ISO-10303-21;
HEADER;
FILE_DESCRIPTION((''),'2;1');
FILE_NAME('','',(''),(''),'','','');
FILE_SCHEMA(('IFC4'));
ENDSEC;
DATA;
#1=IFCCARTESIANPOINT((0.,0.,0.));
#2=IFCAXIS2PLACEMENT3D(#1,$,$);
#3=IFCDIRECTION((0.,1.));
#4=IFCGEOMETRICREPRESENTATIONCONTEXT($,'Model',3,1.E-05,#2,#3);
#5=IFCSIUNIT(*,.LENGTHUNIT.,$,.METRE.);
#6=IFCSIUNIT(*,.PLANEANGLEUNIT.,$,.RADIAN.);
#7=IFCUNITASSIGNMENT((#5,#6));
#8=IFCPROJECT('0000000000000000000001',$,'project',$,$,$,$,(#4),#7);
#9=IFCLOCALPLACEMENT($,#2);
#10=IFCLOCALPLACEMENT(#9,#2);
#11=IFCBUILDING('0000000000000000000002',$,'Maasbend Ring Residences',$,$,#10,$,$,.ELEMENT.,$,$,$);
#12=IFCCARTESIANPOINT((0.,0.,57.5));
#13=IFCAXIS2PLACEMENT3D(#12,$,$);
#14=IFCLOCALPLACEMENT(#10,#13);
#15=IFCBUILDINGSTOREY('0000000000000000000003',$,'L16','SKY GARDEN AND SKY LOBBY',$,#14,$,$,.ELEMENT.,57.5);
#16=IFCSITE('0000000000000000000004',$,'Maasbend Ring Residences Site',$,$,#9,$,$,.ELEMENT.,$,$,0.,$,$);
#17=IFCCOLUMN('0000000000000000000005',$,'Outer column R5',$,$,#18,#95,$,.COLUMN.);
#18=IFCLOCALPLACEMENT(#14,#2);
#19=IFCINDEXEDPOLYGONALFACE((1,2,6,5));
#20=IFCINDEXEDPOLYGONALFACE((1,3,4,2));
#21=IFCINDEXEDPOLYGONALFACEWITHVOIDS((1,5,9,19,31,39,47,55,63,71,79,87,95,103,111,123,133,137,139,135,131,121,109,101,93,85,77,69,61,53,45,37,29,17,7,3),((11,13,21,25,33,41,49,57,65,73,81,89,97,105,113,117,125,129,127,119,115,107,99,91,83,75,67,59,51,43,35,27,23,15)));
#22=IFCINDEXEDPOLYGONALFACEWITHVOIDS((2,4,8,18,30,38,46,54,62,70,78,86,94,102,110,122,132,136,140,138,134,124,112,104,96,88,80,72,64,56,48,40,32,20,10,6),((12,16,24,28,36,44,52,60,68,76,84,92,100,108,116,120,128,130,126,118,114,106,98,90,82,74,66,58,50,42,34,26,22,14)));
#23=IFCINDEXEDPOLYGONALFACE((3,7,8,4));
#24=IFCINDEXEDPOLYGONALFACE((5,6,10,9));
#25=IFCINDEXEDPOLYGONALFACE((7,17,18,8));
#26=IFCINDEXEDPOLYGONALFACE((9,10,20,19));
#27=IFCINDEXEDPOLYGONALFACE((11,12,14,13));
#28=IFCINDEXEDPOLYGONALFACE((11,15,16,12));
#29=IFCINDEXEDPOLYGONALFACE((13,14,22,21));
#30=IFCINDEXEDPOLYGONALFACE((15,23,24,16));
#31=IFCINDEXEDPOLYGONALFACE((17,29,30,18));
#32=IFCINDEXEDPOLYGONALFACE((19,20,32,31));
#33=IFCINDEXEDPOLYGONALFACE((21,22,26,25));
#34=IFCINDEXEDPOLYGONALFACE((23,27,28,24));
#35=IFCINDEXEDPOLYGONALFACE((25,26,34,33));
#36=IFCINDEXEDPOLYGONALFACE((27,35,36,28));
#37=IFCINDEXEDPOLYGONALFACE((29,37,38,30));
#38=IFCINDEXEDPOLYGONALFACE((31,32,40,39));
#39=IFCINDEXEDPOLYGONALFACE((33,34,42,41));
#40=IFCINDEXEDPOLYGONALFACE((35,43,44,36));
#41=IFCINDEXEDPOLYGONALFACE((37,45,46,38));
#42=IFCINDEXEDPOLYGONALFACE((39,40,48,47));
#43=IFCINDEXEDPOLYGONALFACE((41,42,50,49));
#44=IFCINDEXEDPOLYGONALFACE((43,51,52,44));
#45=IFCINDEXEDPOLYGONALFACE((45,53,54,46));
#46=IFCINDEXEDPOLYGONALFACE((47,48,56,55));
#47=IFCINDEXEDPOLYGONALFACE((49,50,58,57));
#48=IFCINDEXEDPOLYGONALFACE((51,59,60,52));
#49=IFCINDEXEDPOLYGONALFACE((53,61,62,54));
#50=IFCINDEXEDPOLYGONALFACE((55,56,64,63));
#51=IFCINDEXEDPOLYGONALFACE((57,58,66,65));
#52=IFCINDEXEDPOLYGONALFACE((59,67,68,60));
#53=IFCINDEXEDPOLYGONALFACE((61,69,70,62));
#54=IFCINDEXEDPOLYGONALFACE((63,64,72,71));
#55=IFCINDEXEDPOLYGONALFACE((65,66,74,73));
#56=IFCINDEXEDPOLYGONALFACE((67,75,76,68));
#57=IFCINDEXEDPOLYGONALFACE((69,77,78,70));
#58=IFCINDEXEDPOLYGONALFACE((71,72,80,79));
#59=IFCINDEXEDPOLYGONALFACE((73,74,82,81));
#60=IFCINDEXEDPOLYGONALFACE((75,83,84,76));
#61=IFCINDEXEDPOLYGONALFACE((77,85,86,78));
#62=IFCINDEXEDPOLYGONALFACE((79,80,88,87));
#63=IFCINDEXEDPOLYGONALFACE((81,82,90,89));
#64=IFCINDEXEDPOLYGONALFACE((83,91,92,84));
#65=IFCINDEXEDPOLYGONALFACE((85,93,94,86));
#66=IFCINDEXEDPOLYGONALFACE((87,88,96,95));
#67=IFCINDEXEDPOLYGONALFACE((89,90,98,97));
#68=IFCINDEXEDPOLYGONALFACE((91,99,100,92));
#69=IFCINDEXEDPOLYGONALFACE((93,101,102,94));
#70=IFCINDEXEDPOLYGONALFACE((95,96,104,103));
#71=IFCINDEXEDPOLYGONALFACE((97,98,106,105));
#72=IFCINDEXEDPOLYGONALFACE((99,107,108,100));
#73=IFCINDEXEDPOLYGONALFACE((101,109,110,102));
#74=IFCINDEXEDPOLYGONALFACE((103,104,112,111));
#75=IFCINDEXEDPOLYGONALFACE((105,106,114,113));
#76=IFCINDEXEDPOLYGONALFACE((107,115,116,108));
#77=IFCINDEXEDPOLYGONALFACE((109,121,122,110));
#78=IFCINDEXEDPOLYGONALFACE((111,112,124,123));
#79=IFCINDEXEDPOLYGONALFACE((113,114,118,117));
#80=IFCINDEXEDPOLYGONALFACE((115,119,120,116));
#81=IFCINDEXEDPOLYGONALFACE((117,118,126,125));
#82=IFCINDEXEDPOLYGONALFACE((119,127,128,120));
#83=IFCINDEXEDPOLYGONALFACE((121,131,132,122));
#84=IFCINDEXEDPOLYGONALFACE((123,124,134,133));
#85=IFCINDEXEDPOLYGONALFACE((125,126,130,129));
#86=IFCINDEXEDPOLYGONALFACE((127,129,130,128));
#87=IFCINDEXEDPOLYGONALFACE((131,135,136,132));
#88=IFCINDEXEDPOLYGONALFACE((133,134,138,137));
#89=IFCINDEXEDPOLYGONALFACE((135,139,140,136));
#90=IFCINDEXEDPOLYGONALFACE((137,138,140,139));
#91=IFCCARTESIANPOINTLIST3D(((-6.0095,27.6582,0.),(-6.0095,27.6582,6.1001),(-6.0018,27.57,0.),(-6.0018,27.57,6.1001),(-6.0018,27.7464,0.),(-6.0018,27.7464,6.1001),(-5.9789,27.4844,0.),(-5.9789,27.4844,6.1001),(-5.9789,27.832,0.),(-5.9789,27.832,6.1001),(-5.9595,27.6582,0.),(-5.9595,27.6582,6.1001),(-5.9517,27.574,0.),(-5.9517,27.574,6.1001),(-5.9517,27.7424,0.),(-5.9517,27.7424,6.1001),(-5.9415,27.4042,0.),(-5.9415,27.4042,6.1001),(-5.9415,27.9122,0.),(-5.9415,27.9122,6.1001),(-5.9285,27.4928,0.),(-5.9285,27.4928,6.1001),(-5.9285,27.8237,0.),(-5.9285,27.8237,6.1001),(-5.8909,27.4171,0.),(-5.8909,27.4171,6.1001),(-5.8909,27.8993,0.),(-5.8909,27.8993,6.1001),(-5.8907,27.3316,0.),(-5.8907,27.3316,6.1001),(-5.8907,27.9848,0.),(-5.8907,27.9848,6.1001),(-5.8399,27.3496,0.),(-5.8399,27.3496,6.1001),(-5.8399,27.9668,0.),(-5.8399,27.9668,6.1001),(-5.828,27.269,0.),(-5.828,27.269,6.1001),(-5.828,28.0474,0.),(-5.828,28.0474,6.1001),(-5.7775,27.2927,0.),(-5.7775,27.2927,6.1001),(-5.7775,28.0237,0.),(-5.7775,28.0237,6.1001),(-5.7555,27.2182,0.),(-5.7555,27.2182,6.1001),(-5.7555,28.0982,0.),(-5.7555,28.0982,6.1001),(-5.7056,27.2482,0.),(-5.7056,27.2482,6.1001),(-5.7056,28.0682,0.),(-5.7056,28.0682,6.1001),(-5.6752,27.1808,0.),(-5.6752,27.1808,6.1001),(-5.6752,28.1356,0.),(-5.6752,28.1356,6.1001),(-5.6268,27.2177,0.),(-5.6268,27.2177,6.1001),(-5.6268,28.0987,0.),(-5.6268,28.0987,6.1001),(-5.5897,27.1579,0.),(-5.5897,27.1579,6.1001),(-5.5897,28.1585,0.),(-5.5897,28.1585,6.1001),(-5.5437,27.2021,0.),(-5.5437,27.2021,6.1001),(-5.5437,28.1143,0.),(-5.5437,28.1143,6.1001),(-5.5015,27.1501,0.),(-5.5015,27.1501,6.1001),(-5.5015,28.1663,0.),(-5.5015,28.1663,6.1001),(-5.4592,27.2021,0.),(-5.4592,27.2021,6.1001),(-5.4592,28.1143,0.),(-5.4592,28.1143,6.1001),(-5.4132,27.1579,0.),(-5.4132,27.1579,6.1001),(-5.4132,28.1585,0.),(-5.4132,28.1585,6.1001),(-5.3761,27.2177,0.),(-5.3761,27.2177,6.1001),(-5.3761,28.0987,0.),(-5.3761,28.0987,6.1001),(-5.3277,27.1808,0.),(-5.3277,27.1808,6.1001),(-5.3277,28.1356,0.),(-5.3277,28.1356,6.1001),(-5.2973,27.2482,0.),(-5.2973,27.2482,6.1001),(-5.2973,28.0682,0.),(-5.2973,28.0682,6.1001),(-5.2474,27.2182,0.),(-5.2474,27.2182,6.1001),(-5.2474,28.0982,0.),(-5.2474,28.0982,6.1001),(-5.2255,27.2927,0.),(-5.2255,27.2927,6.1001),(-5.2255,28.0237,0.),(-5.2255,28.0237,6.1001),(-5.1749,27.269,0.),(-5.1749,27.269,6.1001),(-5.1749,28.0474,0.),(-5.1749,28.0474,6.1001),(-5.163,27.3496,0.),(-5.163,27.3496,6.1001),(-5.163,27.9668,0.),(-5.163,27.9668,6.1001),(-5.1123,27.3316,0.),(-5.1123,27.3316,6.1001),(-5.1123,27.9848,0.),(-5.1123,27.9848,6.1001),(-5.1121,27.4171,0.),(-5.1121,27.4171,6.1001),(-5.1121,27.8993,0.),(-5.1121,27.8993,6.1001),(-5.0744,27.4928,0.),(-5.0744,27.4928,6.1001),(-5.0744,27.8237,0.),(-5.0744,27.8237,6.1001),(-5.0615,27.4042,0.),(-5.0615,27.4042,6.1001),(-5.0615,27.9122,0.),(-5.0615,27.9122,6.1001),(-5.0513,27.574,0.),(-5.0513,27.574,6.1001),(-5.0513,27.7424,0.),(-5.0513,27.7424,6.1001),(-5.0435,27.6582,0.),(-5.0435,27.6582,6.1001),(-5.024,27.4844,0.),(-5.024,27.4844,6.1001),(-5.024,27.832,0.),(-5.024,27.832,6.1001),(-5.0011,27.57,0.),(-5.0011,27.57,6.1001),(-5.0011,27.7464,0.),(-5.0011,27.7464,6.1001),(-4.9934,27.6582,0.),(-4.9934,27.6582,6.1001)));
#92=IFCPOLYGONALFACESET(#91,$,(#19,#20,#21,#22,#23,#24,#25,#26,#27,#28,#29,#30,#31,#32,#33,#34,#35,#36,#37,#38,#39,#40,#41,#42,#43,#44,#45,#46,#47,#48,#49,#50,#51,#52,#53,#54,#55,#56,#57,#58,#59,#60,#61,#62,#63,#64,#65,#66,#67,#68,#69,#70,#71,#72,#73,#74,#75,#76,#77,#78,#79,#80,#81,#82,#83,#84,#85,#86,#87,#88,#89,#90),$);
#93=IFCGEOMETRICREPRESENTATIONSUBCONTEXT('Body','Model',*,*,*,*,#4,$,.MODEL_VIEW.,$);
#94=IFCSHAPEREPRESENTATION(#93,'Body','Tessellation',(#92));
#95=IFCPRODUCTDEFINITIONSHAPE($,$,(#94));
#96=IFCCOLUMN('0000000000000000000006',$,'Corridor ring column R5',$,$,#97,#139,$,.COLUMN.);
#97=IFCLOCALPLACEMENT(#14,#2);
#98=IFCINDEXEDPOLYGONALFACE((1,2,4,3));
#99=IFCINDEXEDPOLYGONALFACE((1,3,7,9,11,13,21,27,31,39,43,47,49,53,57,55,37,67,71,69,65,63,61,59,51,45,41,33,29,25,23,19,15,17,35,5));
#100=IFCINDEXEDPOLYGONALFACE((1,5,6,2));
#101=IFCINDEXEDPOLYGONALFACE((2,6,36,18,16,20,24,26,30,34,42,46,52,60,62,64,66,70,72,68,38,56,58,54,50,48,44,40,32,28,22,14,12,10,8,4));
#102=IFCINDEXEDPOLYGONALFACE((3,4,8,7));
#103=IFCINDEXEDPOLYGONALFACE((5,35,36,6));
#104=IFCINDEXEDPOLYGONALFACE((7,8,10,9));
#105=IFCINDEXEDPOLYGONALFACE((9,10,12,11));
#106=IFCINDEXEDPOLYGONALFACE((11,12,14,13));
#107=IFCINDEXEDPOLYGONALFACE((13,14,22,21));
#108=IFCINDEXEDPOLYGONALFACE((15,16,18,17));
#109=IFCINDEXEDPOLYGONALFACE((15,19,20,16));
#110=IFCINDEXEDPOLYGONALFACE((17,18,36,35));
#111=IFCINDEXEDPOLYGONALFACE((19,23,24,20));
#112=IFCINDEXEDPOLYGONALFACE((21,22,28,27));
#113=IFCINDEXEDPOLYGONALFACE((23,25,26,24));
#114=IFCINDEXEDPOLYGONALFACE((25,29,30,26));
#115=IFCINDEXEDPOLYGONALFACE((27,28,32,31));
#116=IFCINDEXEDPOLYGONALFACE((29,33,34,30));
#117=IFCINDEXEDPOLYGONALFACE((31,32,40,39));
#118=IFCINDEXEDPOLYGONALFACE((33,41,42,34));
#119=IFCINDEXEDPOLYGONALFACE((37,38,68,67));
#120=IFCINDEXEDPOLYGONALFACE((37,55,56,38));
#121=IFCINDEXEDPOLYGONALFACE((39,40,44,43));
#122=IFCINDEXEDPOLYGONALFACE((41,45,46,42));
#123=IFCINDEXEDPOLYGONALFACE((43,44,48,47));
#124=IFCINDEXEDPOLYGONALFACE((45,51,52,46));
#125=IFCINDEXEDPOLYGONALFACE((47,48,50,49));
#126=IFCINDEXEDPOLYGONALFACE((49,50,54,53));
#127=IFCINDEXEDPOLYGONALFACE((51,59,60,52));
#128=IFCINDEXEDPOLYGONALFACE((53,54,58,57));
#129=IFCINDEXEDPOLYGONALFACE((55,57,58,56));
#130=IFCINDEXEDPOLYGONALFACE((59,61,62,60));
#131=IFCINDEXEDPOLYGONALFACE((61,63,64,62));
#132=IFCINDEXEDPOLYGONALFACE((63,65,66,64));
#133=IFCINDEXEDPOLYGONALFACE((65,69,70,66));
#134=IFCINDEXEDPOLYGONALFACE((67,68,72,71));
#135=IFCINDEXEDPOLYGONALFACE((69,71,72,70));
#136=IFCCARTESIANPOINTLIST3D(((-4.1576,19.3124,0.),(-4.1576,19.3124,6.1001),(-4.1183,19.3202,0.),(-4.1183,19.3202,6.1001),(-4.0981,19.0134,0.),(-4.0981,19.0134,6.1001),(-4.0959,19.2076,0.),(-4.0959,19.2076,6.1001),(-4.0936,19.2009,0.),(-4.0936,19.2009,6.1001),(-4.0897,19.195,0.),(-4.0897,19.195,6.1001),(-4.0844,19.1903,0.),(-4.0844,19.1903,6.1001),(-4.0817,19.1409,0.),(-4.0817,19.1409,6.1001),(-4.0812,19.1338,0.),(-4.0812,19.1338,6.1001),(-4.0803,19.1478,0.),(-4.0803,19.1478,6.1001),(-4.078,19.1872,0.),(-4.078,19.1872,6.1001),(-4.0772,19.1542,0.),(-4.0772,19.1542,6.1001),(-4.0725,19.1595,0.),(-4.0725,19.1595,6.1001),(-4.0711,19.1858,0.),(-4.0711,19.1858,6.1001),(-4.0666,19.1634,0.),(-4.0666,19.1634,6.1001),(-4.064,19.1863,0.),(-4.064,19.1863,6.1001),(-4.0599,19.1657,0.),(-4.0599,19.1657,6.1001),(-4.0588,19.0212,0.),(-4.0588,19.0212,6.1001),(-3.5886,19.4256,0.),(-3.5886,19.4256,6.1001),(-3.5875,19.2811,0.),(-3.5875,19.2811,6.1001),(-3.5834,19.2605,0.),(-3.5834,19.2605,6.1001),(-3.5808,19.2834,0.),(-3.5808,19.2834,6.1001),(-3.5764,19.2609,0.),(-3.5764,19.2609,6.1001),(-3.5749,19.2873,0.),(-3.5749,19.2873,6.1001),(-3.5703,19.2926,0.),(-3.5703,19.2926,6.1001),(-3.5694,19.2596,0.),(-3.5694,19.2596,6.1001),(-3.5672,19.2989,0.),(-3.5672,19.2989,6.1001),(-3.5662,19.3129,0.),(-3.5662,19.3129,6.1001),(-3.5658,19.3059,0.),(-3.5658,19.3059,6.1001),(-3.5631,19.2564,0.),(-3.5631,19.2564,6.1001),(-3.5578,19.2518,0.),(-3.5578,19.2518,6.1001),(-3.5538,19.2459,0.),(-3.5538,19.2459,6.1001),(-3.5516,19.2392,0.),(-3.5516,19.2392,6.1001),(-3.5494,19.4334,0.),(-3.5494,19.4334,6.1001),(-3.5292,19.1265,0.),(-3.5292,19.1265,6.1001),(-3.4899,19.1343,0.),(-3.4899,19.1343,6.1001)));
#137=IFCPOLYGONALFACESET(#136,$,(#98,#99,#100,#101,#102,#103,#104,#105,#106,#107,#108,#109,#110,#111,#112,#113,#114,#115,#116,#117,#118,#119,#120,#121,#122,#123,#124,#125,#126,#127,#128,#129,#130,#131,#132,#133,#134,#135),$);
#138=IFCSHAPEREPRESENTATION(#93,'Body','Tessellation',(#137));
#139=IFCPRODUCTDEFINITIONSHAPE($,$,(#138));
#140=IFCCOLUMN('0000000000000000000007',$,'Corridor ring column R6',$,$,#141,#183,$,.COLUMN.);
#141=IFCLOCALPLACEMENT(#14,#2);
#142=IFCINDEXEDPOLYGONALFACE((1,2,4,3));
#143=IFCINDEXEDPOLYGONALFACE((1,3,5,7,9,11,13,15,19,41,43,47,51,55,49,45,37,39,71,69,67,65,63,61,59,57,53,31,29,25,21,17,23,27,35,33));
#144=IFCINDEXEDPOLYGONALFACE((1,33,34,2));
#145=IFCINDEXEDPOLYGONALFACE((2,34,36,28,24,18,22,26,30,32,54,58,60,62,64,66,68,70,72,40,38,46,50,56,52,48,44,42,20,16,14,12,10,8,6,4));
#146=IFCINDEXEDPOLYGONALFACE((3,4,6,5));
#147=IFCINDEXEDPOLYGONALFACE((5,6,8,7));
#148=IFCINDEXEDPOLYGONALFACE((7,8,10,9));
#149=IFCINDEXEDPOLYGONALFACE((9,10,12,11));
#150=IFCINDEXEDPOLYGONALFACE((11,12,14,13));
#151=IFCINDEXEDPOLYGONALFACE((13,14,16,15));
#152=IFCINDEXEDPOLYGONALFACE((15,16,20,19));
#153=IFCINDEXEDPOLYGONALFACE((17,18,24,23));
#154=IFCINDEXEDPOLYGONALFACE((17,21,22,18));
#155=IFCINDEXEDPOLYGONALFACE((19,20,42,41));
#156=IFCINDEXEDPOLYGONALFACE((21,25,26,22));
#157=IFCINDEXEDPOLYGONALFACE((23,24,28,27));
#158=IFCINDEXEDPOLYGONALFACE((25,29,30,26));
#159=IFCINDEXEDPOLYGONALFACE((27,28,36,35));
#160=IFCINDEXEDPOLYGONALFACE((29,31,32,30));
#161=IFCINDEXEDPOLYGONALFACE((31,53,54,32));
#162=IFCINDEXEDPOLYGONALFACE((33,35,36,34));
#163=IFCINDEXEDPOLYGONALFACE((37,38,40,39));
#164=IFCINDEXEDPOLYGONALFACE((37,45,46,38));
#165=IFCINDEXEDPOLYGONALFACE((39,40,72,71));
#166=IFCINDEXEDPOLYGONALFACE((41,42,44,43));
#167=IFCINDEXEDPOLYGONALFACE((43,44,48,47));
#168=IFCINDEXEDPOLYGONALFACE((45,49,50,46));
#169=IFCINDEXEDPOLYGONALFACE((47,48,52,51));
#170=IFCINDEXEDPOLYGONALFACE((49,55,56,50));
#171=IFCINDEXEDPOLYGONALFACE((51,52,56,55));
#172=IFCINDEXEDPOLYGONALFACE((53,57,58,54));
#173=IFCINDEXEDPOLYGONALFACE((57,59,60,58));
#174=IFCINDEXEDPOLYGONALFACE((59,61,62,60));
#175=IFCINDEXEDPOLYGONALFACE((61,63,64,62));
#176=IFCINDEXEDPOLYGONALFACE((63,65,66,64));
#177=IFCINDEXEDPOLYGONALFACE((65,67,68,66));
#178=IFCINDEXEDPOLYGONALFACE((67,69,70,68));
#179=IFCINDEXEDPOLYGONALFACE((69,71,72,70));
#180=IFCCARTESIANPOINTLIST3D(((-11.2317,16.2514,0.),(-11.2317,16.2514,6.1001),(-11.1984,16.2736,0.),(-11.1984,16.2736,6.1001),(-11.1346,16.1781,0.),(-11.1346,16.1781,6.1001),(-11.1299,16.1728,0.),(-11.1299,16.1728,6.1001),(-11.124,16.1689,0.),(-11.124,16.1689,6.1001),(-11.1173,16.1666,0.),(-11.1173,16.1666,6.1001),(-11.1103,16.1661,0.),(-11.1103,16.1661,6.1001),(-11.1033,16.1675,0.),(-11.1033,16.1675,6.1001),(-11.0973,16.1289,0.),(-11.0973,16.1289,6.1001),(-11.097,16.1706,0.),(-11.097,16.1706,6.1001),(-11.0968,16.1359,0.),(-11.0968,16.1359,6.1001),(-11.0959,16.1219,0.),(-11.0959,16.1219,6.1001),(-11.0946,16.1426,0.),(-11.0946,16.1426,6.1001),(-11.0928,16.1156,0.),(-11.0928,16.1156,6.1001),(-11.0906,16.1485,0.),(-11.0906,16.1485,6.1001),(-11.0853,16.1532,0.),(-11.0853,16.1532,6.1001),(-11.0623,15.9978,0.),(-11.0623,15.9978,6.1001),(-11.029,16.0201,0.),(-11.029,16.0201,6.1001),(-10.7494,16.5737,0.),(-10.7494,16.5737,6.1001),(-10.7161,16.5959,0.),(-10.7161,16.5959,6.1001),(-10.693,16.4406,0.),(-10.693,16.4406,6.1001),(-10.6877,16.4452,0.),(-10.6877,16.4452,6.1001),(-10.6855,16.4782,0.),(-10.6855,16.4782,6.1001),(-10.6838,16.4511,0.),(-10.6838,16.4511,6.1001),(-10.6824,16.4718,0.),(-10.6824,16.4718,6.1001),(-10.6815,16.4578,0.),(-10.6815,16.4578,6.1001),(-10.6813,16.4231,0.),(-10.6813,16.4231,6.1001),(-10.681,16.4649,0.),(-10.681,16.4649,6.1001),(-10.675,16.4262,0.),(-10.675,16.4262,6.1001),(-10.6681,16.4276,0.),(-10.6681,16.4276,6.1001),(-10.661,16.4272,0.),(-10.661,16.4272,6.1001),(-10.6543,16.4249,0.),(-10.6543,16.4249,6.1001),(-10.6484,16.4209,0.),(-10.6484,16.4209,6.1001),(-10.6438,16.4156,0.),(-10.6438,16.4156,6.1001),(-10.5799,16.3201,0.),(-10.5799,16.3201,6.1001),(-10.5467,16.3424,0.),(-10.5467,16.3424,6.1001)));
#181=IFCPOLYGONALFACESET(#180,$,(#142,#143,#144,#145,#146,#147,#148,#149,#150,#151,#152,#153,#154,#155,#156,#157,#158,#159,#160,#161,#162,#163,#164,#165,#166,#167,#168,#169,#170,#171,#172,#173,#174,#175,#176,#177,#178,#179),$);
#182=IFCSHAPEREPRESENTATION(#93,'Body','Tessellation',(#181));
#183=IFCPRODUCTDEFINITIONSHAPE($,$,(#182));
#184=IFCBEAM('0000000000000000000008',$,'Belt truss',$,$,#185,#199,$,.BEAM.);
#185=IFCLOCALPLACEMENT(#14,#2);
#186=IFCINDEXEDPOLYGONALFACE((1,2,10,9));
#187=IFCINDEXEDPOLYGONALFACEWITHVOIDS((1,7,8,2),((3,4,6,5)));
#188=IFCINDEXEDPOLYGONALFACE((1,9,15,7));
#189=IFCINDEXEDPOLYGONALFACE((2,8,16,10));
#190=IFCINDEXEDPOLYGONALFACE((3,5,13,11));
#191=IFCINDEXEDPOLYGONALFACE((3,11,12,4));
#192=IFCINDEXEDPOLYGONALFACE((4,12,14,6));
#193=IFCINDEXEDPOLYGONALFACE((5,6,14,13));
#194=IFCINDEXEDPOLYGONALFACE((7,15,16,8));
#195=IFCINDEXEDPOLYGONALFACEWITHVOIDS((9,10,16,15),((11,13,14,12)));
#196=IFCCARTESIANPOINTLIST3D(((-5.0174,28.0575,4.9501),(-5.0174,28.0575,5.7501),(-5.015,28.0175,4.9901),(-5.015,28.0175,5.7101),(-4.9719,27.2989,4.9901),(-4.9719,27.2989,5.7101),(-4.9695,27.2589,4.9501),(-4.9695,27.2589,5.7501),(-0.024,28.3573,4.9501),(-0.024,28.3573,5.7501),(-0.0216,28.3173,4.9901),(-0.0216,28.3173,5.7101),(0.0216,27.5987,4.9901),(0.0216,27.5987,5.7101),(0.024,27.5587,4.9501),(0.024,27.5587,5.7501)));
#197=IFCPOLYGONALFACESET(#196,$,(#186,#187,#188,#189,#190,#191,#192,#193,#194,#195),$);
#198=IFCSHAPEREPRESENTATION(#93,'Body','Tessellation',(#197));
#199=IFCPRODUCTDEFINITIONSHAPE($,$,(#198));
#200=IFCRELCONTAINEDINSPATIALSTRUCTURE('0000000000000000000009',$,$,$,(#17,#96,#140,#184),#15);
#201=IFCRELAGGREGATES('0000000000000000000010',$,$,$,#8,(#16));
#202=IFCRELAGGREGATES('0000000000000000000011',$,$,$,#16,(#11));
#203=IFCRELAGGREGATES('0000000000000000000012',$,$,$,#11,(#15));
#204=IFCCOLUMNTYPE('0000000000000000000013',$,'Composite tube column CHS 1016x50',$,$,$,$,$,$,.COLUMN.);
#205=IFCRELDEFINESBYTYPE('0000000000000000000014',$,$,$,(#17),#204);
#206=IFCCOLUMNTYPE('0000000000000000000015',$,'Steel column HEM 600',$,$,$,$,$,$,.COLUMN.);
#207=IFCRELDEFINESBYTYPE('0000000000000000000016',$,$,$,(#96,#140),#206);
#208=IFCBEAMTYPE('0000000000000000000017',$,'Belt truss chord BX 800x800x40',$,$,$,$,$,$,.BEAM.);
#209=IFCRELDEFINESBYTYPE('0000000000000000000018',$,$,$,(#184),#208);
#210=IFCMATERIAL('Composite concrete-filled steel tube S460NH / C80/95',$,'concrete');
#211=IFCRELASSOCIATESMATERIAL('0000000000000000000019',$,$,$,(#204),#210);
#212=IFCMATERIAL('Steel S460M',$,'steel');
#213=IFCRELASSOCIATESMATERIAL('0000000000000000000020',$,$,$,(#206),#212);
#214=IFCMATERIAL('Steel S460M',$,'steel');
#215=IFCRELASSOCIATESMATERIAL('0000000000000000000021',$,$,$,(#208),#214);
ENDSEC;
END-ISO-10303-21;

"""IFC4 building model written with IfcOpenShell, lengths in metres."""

from ifc_helpers import new_model, si_unit, direction, frame, origin, origin_2d, place, context, subcontext, project, spatial, hollow_rectangle, hollow_circle, i_section, extrude, material, material_profile, profile_set, type_object, element, save


model = new_model("IFC4")

# Units and contexts
model_context = context("Model", 3, precision=1e-05, world=origin(), true_north=direction((0.0, 1.0)))
body_context = subcontext(model_context, "Body", "Model", "MODEL_VIEW")
ifc_project = project(units=[si_unit("LENGTHUNIT", "METRE"), si_unit("PLANEANGLEUNIT", "RADIAN")], contexts=[model_context])

# Site, building, storey
site_placement = place(None, origin())
site = spatial("IfcSite", under=ifc_project, at=site_placement, Name="Maasbend Ring Residences Site", CompositionType="ELEMENT", RefElevation=0.0)
building_placement = place(site_placement, origin())
building = spatial("IfcBuilding", under=site, at=building_placement, Name="Maasbend Ring Residences", CompositionType="ELEMENT")
storey_placement = place(building_placement, frame((0.0, 0.0, 57.5)))
storey = spatial("IfcBuildingStorey", under=building, at=storey_placement, Name="L16", Description="SKY GARDEN AND SKY LOBBY", CompositionType="ELEMENT", Elevation=57.5)

# Columns
ifc_material_1 = material(Name="Composite concrete-filled steel tube S460NH / C80/95", Category="concrete")
ifc_material_profile_1 = material_profile(ifc_material_1, hollow_circle(Radius=0.5081, WallThickness=0.05, at=origin_2d()), Name="Composite tube column CHS 1016x50")
ifc_profile_set_1 = profile_set([ifc_material_profile_1], Name="Composite concrete-filled steel tube S460NH / C80/95")
column_type_1 = type_object("IfcColumnType", Name="Composite tube column CHS 1016x50", PredefinedType="COLUMN", material=ifc_profile_set_1)
column_placement = place(storey_placement, frame((-5.5015, 27.6582, 0.0), z_axis=(0.0, 0.0, 1.0), x_axis=(1.0, 0.0, 0.0)))
element("IfcColumn", 1, at=column_placement, inside=storey, type_object=column_type_1, Name="Outer column R5", PredefinedType="COLUMN", context=body_context, shape_type="SweptSolid", body=[
    extrude(hollow_circle(Radius=0.5081, WallThickness=0.05, at=origin_2d()), origin(), (0.0, 0.0, 1.0), 6.1001),
])
ifc_material_2 = material(Name="Steel S460M", Category="steel")
ifc_material_profile_2 = material_profile(ifc_material_2, i_section(OverallWidth=0.3049, OverallDepth=0.6201, WebThickness=0.021, FlangeThickness=0.04, FilletRadius=0.0271, at=origin_2d()), Name="HEM 600")
ifc_profile_set_2 = profile_set([ifc_material_profile_2], Name="Steel S460M")
column_type_2 = type_object("IfcColumnType", Name="Steel column HEM 600", PredefinedType="COLUMN", material=ifc_profile_set_2)
for number, where, z_axis, x_axis, name in (
    (2, (-3.8237, 19.2234, 0.0), (0.0, 0.0, 1.0), (-0.19509, 0.980785, 0.0), "Corridor ring column R5"),
    (3, (-10.8892, 16.2969, 0.0), (0.0, 0.0, 1.0), (-0.55557, 0.83147, 0.0), "Corridor ring column R6"),
):
    element("IfcColumn", number, at=place(storey_placement, frame(where, z_axis=z_axis, x_axis=x_axis)), inside=storey, type_object=column_type_2, Name=name, PredefinedType="COLUMN", context=body_context, shape_type="SweptSolid", body=[
        extrude(i_section(OverallWidth=0.3049, OverallDepth=0.6201, WebThickness=0.021, FlangeThickness=0.04, FilletRadius=0.0271, at=origin_2d()), origin(), (0.0, 0.0, 1.0), 6.1001),
    ])

# Beam
ifc_material_3 = material(Name="Steel S460M", Category="steel")
ifc_material_profile_3 = material_profile(ifc_material_3, hollow_rectangle(XDim=0.8, YDim=0.8, WallThickness=0.04, at=origin_2d()), Name="Belt truss chord BX 800x800x40")
ifc_profile_set_3 = profile_set([ifc_material_profile_3], Name="Steel S460M")
beam_type_1 = type_object("IfcBeamType", Name="Belt truss chord BX 800x800x40", PredefinedType="BEAM", material=ifc_profile_set_3)
beam_1_placement = place(storey_placement, frame((0.0, 27.958, 5.3501), z_axis=(-0.998202, -0.059932, 0.0), x_axis=(0.059932, -0.998202, 0.0)))
element("IfcBeam", 4, at=beam_1_placement, inside=storey, type_object=beam_type_1, Name="Belt truss", PredefinedType="BEAM", context=body_context, shape_type="SweptSolid", body=[
    extrude(hollow_rectangle(XDim=0.8, YDim=0.8, WallThickness=0.04, at=origin_2d()), origin(), (0.0, 0.0, 1.0), 5.0024),
])

save(model, "model.ifc")
